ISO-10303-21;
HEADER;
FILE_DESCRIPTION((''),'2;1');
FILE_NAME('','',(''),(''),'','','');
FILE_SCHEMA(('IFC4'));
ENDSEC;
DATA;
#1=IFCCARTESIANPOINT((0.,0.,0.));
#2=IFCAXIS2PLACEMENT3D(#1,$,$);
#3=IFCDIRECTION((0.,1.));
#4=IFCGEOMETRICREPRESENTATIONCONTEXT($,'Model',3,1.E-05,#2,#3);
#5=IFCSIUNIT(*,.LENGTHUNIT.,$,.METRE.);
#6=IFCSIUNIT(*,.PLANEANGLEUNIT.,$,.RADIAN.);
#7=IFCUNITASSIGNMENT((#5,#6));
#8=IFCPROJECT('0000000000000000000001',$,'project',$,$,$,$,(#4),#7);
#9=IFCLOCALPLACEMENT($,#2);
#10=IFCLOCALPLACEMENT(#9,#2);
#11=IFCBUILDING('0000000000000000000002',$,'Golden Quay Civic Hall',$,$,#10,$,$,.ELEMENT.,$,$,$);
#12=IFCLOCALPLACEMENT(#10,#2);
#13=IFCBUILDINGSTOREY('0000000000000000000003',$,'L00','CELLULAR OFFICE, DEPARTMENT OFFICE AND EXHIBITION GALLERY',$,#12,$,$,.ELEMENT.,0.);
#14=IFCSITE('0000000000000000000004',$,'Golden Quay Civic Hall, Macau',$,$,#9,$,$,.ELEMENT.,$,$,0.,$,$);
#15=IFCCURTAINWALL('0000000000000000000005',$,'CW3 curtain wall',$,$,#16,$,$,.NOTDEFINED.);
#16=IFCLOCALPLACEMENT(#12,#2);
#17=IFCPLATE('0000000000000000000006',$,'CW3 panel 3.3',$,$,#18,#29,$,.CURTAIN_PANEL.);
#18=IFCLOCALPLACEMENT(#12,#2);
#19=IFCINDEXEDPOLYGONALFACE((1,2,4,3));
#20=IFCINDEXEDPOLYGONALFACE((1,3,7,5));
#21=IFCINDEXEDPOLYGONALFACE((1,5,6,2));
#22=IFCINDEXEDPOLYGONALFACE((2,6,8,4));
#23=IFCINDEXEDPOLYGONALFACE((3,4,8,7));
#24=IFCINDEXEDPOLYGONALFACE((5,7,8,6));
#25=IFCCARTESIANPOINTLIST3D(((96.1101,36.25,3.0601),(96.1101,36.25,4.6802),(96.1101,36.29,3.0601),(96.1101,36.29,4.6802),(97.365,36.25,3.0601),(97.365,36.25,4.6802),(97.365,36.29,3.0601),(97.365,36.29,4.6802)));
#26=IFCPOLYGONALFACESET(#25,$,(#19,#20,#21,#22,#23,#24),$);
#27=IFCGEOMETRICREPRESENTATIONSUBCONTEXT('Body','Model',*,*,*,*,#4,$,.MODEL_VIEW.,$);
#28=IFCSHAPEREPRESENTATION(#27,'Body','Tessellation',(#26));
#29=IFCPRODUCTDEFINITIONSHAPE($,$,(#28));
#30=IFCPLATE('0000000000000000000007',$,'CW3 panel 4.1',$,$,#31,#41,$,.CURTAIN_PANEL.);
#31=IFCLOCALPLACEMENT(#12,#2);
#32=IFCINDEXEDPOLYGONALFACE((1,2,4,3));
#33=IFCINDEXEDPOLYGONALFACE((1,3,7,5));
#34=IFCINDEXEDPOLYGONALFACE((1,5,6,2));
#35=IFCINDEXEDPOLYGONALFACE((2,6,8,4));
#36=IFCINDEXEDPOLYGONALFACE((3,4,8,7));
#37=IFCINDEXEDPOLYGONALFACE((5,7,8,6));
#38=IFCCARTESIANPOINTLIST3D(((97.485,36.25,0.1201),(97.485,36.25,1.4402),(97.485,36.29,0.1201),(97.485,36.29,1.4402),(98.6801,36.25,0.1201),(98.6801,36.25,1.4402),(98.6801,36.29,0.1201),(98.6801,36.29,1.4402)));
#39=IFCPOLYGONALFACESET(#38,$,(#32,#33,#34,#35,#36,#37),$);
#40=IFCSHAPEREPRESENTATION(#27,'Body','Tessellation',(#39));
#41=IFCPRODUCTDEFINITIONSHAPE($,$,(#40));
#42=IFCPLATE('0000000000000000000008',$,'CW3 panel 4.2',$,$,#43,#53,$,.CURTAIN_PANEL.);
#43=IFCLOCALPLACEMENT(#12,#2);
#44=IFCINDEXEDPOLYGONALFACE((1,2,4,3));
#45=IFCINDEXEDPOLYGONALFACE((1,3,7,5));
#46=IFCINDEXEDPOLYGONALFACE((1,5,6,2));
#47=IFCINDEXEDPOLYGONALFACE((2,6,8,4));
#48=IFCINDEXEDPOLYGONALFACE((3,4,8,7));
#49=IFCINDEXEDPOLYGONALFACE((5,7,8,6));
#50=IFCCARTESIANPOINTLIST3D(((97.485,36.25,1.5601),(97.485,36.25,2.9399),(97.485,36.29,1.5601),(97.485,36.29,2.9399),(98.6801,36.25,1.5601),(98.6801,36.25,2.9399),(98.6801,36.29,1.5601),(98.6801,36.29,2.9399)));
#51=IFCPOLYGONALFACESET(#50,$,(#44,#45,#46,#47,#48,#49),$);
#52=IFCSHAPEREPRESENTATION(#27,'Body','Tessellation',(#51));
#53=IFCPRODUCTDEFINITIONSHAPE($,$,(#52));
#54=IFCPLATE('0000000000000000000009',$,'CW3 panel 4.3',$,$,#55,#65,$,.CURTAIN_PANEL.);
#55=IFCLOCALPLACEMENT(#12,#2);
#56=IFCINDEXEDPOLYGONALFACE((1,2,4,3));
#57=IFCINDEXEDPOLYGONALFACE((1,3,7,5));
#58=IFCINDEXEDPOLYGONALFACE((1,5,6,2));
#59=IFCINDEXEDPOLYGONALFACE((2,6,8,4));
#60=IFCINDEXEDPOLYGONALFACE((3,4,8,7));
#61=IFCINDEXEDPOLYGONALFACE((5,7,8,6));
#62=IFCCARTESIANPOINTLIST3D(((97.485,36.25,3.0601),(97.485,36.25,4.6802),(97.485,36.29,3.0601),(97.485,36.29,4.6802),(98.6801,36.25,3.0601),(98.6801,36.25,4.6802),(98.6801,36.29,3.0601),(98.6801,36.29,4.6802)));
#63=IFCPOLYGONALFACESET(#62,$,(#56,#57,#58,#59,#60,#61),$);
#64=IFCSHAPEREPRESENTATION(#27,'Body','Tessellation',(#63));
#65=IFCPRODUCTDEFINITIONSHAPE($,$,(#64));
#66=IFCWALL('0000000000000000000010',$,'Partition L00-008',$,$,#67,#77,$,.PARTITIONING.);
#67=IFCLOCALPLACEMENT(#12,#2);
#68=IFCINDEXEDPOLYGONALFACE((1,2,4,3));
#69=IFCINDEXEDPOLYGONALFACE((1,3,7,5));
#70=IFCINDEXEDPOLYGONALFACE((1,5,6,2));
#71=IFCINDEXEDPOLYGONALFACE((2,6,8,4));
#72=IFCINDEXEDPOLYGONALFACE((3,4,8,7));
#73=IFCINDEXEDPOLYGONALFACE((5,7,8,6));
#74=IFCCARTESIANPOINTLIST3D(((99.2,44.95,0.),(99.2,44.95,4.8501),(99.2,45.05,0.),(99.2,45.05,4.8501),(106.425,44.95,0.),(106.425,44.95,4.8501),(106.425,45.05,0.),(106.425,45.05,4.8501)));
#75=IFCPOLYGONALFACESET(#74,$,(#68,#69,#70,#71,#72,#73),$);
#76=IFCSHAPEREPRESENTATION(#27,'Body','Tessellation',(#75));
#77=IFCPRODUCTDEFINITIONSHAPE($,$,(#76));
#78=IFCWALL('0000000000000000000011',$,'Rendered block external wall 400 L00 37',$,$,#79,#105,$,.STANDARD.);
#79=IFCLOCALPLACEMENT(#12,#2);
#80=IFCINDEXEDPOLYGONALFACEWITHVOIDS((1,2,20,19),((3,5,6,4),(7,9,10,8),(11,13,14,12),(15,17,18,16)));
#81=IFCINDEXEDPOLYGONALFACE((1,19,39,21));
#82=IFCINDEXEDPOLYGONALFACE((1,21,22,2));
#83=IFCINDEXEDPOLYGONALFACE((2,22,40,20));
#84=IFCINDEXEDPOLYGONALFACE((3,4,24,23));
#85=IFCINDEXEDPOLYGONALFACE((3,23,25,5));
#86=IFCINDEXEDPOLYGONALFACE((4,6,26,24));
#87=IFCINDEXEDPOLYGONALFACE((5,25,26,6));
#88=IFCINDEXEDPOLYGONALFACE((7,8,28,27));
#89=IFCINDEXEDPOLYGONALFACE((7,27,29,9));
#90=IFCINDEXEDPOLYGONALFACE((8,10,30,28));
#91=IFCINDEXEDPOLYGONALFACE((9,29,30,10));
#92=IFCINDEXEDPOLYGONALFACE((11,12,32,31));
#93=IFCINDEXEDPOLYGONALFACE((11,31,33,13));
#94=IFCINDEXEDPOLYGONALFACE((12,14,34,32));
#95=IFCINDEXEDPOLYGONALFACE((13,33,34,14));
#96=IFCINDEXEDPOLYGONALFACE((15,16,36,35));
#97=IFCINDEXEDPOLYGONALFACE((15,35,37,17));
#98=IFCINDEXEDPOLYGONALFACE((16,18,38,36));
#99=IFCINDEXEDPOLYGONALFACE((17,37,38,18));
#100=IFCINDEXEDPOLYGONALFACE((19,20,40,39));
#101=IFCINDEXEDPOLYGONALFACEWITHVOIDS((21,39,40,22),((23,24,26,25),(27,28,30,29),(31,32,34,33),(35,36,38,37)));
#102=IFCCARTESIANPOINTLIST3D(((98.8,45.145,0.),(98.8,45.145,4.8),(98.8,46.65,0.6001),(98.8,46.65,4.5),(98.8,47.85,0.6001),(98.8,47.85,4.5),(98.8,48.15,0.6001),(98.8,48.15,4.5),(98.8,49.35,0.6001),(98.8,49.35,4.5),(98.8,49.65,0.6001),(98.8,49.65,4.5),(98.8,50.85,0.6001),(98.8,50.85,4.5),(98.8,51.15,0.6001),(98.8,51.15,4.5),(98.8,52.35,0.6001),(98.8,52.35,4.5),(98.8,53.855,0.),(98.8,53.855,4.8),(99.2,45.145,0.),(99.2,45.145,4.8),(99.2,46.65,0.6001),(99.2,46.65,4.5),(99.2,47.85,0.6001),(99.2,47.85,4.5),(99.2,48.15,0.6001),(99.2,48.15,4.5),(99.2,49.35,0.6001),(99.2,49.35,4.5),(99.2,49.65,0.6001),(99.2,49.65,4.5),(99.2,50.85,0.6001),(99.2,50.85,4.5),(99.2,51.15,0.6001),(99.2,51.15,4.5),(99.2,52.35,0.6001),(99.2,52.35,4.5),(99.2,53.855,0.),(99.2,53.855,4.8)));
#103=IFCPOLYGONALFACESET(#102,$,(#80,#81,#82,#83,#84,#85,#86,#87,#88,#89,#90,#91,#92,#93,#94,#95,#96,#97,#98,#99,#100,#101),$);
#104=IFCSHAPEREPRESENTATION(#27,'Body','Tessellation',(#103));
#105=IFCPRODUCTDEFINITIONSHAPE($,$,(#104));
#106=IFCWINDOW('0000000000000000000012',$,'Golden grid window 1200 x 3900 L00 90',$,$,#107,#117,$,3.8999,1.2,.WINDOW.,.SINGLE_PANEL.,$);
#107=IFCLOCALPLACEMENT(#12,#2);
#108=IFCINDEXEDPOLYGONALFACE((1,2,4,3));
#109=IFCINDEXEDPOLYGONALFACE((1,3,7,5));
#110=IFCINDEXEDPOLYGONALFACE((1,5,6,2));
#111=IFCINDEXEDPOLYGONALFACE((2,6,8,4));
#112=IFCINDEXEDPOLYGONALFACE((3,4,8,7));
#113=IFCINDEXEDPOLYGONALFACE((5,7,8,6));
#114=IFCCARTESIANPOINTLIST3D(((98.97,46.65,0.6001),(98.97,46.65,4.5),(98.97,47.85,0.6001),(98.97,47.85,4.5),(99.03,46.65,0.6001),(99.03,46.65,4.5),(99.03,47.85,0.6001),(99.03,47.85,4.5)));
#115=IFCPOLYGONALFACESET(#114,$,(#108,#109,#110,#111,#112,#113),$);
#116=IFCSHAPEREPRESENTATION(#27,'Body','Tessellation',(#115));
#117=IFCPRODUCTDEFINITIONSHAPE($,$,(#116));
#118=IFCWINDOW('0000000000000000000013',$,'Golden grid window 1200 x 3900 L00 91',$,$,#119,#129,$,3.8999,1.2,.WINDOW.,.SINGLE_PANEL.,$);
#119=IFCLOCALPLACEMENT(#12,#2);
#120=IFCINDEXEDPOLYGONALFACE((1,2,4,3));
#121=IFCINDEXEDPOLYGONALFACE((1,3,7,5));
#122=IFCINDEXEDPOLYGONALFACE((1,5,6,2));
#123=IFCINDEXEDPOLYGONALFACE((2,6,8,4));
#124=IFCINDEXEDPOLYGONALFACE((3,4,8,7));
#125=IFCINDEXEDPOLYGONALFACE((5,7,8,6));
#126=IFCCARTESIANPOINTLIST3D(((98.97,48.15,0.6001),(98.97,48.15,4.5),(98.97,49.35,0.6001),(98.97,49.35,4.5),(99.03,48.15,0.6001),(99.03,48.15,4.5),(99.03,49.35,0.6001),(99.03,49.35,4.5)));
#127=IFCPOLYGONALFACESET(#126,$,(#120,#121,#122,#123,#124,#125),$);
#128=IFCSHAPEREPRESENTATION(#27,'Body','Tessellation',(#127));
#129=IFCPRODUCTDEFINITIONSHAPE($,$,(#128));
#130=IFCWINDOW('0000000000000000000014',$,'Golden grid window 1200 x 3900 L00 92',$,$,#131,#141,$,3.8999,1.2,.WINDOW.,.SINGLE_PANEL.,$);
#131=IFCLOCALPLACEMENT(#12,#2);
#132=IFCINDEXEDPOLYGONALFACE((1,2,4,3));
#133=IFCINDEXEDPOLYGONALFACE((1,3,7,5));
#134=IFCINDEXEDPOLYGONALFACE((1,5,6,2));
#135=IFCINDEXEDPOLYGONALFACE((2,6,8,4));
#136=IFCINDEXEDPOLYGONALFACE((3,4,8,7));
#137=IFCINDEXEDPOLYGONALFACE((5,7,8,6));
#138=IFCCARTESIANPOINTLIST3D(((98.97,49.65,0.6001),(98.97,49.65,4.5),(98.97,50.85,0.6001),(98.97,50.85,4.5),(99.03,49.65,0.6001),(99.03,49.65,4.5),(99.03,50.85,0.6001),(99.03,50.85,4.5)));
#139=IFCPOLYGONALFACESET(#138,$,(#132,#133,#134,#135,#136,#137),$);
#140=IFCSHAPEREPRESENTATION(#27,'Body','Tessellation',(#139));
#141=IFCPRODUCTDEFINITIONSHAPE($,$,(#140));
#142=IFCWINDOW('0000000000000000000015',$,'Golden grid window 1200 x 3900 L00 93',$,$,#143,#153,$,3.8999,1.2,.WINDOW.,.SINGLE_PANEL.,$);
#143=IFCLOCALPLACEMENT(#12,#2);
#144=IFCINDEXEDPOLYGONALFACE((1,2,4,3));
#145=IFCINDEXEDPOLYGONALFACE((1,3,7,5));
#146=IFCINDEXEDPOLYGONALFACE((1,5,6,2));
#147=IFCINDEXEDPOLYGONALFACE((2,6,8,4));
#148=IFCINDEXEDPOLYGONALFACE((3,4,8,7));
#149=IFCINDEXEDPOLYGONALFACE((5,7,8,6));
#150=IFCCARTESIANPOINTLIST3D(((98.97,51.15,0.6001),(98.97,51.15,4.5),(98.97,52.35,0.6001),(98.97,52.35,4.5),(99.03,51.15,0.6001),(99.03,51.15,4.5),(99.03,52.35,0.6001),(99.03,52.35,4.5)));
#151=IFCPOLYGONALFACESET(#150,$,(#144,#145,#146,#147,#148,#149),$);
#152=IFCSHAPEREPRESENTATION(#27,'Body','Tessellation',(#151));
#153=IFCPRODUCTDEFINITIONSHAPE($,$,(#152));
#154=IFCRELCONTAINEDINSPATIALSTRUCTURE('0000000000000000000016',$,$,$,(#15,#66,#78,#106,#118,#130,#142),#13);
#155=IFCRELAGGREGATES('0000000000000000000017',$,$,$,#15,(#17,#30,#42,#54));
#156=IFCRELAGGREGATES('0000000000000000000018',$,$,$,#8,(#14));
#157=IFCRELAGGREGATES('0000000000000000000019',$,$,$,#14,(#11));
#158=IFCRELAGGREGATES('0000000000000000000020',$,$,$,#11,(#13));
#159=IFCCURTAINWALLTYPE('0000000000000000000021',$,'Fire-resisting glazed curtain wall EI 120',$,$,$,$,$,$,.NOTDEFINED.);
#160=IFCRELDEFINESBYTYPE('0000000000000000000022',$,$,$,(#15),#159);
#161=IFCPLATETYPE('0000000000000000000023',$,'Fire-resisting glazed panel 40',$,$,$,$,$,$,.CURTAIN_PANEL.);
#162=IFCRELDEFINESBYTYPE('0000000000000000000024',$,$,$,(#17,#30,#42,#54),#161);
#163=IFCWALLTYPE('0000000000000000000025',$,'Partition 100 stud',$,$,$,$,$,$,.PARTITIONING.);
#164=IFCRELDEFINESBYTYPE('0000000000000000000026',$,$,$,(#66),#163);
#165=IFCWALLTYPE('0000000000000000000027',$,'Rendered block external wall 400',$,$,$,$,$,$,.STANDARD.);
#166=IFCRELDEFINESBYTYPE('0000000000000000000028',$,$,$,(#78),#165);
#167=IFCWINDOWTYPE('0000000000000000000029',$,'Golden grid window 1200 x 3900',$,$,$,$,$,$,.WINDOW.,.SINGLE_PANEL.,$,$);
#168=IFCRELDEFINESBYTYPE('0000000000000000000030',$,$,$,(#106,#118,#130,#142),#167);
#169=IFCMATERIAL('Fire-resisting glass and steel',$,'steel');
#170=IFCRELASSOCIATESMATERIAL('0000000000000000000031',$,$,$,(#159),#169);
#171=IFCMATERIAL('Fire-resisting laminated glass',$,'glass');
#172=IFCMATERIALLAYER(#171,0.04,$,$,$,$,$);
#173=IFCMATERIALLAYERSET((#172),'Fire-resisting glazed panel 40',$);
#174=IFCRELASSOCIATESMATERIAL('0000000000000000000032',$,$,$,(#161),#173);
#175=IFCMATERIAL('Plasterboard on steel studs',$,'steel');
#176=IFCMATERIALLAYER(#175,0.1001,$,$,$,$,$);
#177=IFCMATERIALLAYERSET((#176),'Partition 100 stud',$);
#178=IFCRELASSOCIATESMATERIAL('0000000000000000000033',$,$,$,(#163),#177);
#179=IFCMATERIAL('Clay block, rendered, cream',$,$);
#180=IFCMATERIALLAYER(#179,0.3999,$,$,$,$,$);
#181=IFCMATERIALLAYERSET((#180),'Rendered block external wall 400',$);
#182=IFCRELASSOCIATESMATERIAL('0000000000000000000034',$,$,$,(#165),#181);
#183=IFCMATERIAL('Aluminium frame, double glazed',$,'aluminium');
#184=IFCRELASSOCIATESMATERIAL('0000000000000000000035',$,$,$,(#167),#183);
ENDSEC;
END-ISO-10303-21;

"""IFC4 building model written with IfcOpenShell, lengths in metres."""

from ifc_helpers import new_model, si_unit, direction, frame, frame_2d, origin, origin_2d, place, context, subcontext, project, spatial, rectangle, extrude, material, layer, layer_set, type_object, element, fill, aggregate, save


model = new_model("IFC4")

# Units and contexts
model_context = context("Model", 3, precision=1e-05, world=origin(), true_north=direction((0.0, 1.0)))
body_context = subcontext(model_context, "Body", "Model", "MODEL_VIEW")
ifc_project = project(units=[si_unit("LENGTHUNIT", "METRE"), si_unit("PLANEANGLEUNIT", "RADIAN")], contexts=[model_context])

# Site, building, storey
site_placement = place(None, origin())
site = spatial("IfcSite", under=ifc_project, at=site_placement, Name="Golden Quay Civic Hall, Macau", CompositionType="ELEMENT", RefElevation=0.0)
building_placement = place(site_placement, origin())
building = spatial("IfcBuilding", under=site, at=building_placement, Name="Golden Quay Civic Hall", CompositionType="ELEMENT")
storey_placement = place(building_placement, origin())
storey = spatial("IfcBuildingStorey", under=building, at=storey_placement, Name="L00", Description="CELLULAR OFFICE, DEPARTMENT OFFICE AND EXHIBITION GALLERY", CompositionType="ELEMENT", Elevation=0.0)

# Curtain wall, plates
ifc_material_1 = material(Name="Fire-resisting glass and steel", Category="steel")
curtain_wall_type = type_object("IfcCurtainWallType", Name="Fire-resisting glazed curtain wall EI 120", PredefinedType="NOTDEFINED", material=ifc_material_1)
curtain_wall_placement = place(storey_placement, origin())
curtain_wall = element("IfcCurtainWall", 1, at=curtain_wall_placement, inside=storey, type_object=curtain_wall_type, Name="CW3 curtain wall", PredefinedType="NOTDEFINED")
ifc_material_2 = material(Name="Fire-resisting laminated glass", Category="glass")
ifc_layer_1 = layer(ifc_material_2, 0.04)
ifc_layer_set_1 = layer_set([ifc_layer_1], Name="Fire-resisting glazed panel 40")
plate_type = type_object("IfcPlateType", Name="Fire-resisting glazed panel 40", PredefinedType="CURTAIN_PANEL", material=ifc_layer_set_1)
plate_1_placement = place(storey_placement, frame((96.7375, 36.27, 3.0601), z_axis=(0.0, 0.0, 1.0), x_axis=(1.0, 0.0, 0.0)))
plate_1 = element("IfcPlate", 2, at=plate_1_placement, type_object=plate_type, Name="CW3 panel 3.3", PredefinedType="CURTAIN_PANEL", context=body_context, shape_type="SweptSolid", body=[
    extrude(rectangle(XDim=1.2549, YDim=0.04, at=origin_2d()), origin(), (0.0, 0.0, 1.0), 1.6201),
])
plate_2_placement = place(storey_placement, frame((98.0825, 36.27, 0.1201), z_axis=(0.0, 0.0, 1.0), x_axis=(1.0, 0.0, 0.0)))
plate_2 = element("IfcPlate", 3, at=plate_2_placement, type_object=plate_type, Name="CW3 panel 4.1", PredefinedType="CURTAIN_PANEL", context=body_context, shape_type="SweptSolid", body=[
    extrude(rectangle(XDim=1.1951, YDim=0.04, at=origin_2d()), origin(), (0.0, 0.0, 1.0), 1.3201),
])
plate_3_placement = place(storey_placement, frame((98.0825, 36.27, 1.5601), z_axis=(0.0, 0.0, 1.0), x_axis=(1.0, 0.0, 0.0)))
plate_3 = element("IfcPlate", 4, at=plate_3_placement, type_object=plate_type, Name="CW3 panel 4.2", PredefinedType="CURTAIN_PANEL", context=body_context, shape_type="SweptSolid", body=[
    extrude(rectangle(XDim=1.1951, YDim=0.04, at=origin_2d()), origin(), (0.0, 0.0, 1.0), 1.3799),
])
plate_4_placement = place(storey_placement, frame((98.0825, 36.27, 3.0601), z_axis=(0.0, 0.0, 1.0), x_axis=(1.0, 0.0, 0.0)))
plate_4 = element("IfcPlate", 5, at=plate_4_placement, type_object=plate_type, Name="CW3 panel 4.3", PredefinedType="CURTAIN_PANEL", context=body_context, shape_type="SweptSolid", body=[
    extrude(rectangle(XDim=1.1951, YDim=0.04, at=origin_2d()), origin(), (0.0, 0.0, 1.0), 1.6201),
])
aggregate(curtain_wall, [plate_1, plate_2, plate_3, plate_4])

# Wall
ifc_material_3 = material(Name="Plasterboard on steel studs", Category="steel")
ifc_layer_2 = layer(ifc_material_3, 0.1001)
ifc_layer_set_2 = layer_set([ifc_layer_2], Name="Partition 100 stud")
wall_type_1 = type_object("IfcWallType", Name="Partition 100 stud", PredefinedType="PARTITIONING", material=ifc_layer_set_2)
wall_1_placement = place(storey_placement, frame((99.2, 45.0, 0.0), z_axis=(0.0, 0.0, 1.0), x_axis=(1.0, 0.0, 0.0)))
element("IfcWall", 6, at=wall_1_placement, inside=storey, type_object=wall_type_1, Name="Partition L00-008", PredefinedType="PARTITIONING", context=body_context, shape_type="SweptSolid", body=[
    extrude(rectangle(XDim=7.2251, YDim=0.1001, at=frame_2d((3.6125, 0.0))), origin(), (0.0, 0.0, 1.0), 4.8501),
])

# Wall, openings, windows
ifc_material_4 = material(Name="Clay block, rendered, cream")
ifc_layer_3 = layer(ifc_material_4, 0.3999)
ifc_layer_set_3 = layer_set([ifc_layer_3], Name="Rendered block external wall 400")
wall_type_2 = type_object("IfcWallType", Name="Rendered block external wall 400", PredefinedType="STANDARD", material=ifc_layer_set_3)
wall_2_placement = place(storey_placement, frame((99.0, 45.145, 0.0), z_axis=(0.0, 0.0, 1.0), x_axis=(0.0, 1.0, 0.0)))
wall_2 = element("IfcWall", 7, at=wall_2_placement, inside=storey, type_object=wall_type_2, Name="Rendered block external wall 400 L00 37", PredefinedType="STANDARD", context=body_context, shape_type="SweptSolid", body=[
    extrude(rectangle(XDim=8.71, YDim=0.3999, at=frame_2d((4.355, 0.0))), origin(), (0.0, 0.0, 1.0), 4.8),
])
opening_1_placement = place(wall_2_placement, frame((1.5049, 0.0, 0.6001)))
opening_1 = element("IfcOpeningElement", 8, at=opening_1_placement, cuts=wall_2, PredefinedType="OPENING", context=body_context, shape_type="SweptSolid", body=[
    extrude(rectangle(XDim=1.2, YDim=3.8999, at=frame_2d((0.6001, 1.95))), frame((0.0, 0.21, 0.0), z_axis=(0.0, -1.0, 0.0), x_axis=(1.0, 0.0, 0.0)), (0.0, 0.0, 1.0), 0.4199),
])
opening_2_placement = place(wall_2_placement, frame((3.0049, 0.0, 0.6001)))
opening_2 = element("IfcOpeningElement", 9, at=opening_2_placement, cuts=wall_2, PredefinedType="OPENING", context=body_context, shape_type="SweptSolid", body=[
    extrude(rectangle(XDim=1.2, YDim=3.8999, at=frame_2d((0.6001, 1.95))), frame((0.0, 0.21, 0.0), z_axis=(0.0, -1.0, 0.0), x_axis=(1.0, 0.0, 0.0)), (0.0, 0.0, 1.0), 0.4199),
])
opening_3_placement = place(wall_2_placement, frame((4.5049, 0.0, 0.6001)))
opening_3 = element("IfcOpeningElement", 10, at=opening_3_placement, cuts=wall_2, PredefinedType="OPENING", context=body_context, shape_type="SweptSolid", body=[
    extrude(rectangle(XDim=1.2, YDim=3.8999, at=frame_2d((0.6001, 1.95))), frame((0.0, 0.21, 0.0), z_axis=(0.0, -1.0, 0.0), x_axis=(1.0, 0.0, 0.0)), (0.0, 0.0, 1.0), 0.4199),
])
opening_4_placement = place(wall_2_placement, frame((6.0049, 0.0, 0.6001)))
opening_4 = element("IfcOpeningElement", 11, at=opening_4_placement, cuts=wall_2, PredefinedType="OPENING", context=body_context, shape_type="SweptSolid", body=[
    extrude(rectangle(XDim=1.2, YDim=3.8999, at=frame_2d((0.6001, 1.95))), frame((0.0, 0.21, 0.0), z_axis=(0.0, -1.0, 0.0), x_axis=(1.0, 0.0, 0.0)), (0.0, 0.0, 1.0), 0.4199),
])
ifc_material_5 = material(Name="Aluminium frame, double glazed", Category="aluminium")
window_type = type_object("IfcWindowType", Name="Golden grid window 1200 x 3900", PartitioningType="SINGLE_PANEL", PredefinedType="WINDOW", material=ifc_material_5)
window_1_placement = place(opening_1_placement, origin())
window_1 = element("IfcWindow", 12, at=window_1_placement, inside=storey, type_object=window_type, Name="Golden grid window 1200 x 3900 L00 90", OverallHeight=3.8999, OverallWidth=1.2, PartitioningType="SINGLE_PANEL", PredefinedType="WINDOW", context=body_context, shape_type="SweptSolid", body=[
    extrude(rectangle(XDim=1.2, YDim=3.8999, at=frame_2d((0.6001, 1.95))), frame((0.0, 0.03, 0.0), z_axis=(0.0, -1.0, 0.0), x_axis=(1.0, 0.0, 0.0)), (0.0, 0.0, 1.0), 0.0601),
])
fill(opening_1, window_1)
window_2_placement = place(opening_2_placement, origin())
window_2 = element("IfcWindow", 13, at=window_2_placement, inside=storey, type_object=window_type, Name="Golden grid window 1200 x 3900 L00 91", OverallHeight=3.8999, OverallWidth=1.2, PartitioningType="SINGLE_PANEL", PredefinedType="WINDOW", context=body_context, shape_type="SweptSolid", body=[
    extrude(rectangle(XDim=1.2, YDim=3.8999, at=frame_2d((0.6001, 1.95))), frame((0.0, 0.03, 0.0), z_axis=(0.0, -1.0, 0.0), x_axis=(1.0, 0.0, 0.0)), (0.0, 0.0, 1.0), 0.0601),
])
fill(opening_2, window_2)
window_3_placement = place(opening_3_placement, origin())
window_3 = element("IfcWindow", 14, at=window_3_placement, inside=storey, type_object=window_type, Name="Golden grid window 1200 x 3900 L00 92", OverallHeight=3.8999, OverallWidth=1.2, PartitioningType="SINGLE_PANEL", PredefinedType="WINDOW", context=body_context, shape_type="SweptSolid", body=[
    extrude(rectangle(XDim=1.2, YDim=3.8999, at=frame_2d((0.6001, 1.95))), frame((0.0, 0.03, 0.0), z_axis=(0.0, -1.0, 0.0), x_axis=(1.0, 0.0, 0.0)), (0.0, 0.0, 1.0), 0.0601),
])
fill(opening_3, window_3)
window_4_placement = place(opening_4_placement, origin())
window_4 = element("IfcWindow", 15, at=window_4_placement, inside=storey, type_object=window_type, Name="Golden grid window 1200 x 3900 L00 93", OverallHeight=3.8999, OverallWidth=1.2, PartitioningType="SINGLE_PANEL", PredefinedType="WINDOW", context=body_context, shape_type="SweptSolid", body=[
    extrude(rectangle(XDim=1.2, YDim=3.8999, at=frame_2d((0.6001, 1.95))), frame((0.0, 0.03, 0.0), z_axis=(0.0, -1.0, 0.0), x_axis=(1.0, 0.0, 0.0)), (0.0, 0.0, 1.0), 0.0601),
])
fill(opening_4, window_4)

save(model, "model.ifc")
